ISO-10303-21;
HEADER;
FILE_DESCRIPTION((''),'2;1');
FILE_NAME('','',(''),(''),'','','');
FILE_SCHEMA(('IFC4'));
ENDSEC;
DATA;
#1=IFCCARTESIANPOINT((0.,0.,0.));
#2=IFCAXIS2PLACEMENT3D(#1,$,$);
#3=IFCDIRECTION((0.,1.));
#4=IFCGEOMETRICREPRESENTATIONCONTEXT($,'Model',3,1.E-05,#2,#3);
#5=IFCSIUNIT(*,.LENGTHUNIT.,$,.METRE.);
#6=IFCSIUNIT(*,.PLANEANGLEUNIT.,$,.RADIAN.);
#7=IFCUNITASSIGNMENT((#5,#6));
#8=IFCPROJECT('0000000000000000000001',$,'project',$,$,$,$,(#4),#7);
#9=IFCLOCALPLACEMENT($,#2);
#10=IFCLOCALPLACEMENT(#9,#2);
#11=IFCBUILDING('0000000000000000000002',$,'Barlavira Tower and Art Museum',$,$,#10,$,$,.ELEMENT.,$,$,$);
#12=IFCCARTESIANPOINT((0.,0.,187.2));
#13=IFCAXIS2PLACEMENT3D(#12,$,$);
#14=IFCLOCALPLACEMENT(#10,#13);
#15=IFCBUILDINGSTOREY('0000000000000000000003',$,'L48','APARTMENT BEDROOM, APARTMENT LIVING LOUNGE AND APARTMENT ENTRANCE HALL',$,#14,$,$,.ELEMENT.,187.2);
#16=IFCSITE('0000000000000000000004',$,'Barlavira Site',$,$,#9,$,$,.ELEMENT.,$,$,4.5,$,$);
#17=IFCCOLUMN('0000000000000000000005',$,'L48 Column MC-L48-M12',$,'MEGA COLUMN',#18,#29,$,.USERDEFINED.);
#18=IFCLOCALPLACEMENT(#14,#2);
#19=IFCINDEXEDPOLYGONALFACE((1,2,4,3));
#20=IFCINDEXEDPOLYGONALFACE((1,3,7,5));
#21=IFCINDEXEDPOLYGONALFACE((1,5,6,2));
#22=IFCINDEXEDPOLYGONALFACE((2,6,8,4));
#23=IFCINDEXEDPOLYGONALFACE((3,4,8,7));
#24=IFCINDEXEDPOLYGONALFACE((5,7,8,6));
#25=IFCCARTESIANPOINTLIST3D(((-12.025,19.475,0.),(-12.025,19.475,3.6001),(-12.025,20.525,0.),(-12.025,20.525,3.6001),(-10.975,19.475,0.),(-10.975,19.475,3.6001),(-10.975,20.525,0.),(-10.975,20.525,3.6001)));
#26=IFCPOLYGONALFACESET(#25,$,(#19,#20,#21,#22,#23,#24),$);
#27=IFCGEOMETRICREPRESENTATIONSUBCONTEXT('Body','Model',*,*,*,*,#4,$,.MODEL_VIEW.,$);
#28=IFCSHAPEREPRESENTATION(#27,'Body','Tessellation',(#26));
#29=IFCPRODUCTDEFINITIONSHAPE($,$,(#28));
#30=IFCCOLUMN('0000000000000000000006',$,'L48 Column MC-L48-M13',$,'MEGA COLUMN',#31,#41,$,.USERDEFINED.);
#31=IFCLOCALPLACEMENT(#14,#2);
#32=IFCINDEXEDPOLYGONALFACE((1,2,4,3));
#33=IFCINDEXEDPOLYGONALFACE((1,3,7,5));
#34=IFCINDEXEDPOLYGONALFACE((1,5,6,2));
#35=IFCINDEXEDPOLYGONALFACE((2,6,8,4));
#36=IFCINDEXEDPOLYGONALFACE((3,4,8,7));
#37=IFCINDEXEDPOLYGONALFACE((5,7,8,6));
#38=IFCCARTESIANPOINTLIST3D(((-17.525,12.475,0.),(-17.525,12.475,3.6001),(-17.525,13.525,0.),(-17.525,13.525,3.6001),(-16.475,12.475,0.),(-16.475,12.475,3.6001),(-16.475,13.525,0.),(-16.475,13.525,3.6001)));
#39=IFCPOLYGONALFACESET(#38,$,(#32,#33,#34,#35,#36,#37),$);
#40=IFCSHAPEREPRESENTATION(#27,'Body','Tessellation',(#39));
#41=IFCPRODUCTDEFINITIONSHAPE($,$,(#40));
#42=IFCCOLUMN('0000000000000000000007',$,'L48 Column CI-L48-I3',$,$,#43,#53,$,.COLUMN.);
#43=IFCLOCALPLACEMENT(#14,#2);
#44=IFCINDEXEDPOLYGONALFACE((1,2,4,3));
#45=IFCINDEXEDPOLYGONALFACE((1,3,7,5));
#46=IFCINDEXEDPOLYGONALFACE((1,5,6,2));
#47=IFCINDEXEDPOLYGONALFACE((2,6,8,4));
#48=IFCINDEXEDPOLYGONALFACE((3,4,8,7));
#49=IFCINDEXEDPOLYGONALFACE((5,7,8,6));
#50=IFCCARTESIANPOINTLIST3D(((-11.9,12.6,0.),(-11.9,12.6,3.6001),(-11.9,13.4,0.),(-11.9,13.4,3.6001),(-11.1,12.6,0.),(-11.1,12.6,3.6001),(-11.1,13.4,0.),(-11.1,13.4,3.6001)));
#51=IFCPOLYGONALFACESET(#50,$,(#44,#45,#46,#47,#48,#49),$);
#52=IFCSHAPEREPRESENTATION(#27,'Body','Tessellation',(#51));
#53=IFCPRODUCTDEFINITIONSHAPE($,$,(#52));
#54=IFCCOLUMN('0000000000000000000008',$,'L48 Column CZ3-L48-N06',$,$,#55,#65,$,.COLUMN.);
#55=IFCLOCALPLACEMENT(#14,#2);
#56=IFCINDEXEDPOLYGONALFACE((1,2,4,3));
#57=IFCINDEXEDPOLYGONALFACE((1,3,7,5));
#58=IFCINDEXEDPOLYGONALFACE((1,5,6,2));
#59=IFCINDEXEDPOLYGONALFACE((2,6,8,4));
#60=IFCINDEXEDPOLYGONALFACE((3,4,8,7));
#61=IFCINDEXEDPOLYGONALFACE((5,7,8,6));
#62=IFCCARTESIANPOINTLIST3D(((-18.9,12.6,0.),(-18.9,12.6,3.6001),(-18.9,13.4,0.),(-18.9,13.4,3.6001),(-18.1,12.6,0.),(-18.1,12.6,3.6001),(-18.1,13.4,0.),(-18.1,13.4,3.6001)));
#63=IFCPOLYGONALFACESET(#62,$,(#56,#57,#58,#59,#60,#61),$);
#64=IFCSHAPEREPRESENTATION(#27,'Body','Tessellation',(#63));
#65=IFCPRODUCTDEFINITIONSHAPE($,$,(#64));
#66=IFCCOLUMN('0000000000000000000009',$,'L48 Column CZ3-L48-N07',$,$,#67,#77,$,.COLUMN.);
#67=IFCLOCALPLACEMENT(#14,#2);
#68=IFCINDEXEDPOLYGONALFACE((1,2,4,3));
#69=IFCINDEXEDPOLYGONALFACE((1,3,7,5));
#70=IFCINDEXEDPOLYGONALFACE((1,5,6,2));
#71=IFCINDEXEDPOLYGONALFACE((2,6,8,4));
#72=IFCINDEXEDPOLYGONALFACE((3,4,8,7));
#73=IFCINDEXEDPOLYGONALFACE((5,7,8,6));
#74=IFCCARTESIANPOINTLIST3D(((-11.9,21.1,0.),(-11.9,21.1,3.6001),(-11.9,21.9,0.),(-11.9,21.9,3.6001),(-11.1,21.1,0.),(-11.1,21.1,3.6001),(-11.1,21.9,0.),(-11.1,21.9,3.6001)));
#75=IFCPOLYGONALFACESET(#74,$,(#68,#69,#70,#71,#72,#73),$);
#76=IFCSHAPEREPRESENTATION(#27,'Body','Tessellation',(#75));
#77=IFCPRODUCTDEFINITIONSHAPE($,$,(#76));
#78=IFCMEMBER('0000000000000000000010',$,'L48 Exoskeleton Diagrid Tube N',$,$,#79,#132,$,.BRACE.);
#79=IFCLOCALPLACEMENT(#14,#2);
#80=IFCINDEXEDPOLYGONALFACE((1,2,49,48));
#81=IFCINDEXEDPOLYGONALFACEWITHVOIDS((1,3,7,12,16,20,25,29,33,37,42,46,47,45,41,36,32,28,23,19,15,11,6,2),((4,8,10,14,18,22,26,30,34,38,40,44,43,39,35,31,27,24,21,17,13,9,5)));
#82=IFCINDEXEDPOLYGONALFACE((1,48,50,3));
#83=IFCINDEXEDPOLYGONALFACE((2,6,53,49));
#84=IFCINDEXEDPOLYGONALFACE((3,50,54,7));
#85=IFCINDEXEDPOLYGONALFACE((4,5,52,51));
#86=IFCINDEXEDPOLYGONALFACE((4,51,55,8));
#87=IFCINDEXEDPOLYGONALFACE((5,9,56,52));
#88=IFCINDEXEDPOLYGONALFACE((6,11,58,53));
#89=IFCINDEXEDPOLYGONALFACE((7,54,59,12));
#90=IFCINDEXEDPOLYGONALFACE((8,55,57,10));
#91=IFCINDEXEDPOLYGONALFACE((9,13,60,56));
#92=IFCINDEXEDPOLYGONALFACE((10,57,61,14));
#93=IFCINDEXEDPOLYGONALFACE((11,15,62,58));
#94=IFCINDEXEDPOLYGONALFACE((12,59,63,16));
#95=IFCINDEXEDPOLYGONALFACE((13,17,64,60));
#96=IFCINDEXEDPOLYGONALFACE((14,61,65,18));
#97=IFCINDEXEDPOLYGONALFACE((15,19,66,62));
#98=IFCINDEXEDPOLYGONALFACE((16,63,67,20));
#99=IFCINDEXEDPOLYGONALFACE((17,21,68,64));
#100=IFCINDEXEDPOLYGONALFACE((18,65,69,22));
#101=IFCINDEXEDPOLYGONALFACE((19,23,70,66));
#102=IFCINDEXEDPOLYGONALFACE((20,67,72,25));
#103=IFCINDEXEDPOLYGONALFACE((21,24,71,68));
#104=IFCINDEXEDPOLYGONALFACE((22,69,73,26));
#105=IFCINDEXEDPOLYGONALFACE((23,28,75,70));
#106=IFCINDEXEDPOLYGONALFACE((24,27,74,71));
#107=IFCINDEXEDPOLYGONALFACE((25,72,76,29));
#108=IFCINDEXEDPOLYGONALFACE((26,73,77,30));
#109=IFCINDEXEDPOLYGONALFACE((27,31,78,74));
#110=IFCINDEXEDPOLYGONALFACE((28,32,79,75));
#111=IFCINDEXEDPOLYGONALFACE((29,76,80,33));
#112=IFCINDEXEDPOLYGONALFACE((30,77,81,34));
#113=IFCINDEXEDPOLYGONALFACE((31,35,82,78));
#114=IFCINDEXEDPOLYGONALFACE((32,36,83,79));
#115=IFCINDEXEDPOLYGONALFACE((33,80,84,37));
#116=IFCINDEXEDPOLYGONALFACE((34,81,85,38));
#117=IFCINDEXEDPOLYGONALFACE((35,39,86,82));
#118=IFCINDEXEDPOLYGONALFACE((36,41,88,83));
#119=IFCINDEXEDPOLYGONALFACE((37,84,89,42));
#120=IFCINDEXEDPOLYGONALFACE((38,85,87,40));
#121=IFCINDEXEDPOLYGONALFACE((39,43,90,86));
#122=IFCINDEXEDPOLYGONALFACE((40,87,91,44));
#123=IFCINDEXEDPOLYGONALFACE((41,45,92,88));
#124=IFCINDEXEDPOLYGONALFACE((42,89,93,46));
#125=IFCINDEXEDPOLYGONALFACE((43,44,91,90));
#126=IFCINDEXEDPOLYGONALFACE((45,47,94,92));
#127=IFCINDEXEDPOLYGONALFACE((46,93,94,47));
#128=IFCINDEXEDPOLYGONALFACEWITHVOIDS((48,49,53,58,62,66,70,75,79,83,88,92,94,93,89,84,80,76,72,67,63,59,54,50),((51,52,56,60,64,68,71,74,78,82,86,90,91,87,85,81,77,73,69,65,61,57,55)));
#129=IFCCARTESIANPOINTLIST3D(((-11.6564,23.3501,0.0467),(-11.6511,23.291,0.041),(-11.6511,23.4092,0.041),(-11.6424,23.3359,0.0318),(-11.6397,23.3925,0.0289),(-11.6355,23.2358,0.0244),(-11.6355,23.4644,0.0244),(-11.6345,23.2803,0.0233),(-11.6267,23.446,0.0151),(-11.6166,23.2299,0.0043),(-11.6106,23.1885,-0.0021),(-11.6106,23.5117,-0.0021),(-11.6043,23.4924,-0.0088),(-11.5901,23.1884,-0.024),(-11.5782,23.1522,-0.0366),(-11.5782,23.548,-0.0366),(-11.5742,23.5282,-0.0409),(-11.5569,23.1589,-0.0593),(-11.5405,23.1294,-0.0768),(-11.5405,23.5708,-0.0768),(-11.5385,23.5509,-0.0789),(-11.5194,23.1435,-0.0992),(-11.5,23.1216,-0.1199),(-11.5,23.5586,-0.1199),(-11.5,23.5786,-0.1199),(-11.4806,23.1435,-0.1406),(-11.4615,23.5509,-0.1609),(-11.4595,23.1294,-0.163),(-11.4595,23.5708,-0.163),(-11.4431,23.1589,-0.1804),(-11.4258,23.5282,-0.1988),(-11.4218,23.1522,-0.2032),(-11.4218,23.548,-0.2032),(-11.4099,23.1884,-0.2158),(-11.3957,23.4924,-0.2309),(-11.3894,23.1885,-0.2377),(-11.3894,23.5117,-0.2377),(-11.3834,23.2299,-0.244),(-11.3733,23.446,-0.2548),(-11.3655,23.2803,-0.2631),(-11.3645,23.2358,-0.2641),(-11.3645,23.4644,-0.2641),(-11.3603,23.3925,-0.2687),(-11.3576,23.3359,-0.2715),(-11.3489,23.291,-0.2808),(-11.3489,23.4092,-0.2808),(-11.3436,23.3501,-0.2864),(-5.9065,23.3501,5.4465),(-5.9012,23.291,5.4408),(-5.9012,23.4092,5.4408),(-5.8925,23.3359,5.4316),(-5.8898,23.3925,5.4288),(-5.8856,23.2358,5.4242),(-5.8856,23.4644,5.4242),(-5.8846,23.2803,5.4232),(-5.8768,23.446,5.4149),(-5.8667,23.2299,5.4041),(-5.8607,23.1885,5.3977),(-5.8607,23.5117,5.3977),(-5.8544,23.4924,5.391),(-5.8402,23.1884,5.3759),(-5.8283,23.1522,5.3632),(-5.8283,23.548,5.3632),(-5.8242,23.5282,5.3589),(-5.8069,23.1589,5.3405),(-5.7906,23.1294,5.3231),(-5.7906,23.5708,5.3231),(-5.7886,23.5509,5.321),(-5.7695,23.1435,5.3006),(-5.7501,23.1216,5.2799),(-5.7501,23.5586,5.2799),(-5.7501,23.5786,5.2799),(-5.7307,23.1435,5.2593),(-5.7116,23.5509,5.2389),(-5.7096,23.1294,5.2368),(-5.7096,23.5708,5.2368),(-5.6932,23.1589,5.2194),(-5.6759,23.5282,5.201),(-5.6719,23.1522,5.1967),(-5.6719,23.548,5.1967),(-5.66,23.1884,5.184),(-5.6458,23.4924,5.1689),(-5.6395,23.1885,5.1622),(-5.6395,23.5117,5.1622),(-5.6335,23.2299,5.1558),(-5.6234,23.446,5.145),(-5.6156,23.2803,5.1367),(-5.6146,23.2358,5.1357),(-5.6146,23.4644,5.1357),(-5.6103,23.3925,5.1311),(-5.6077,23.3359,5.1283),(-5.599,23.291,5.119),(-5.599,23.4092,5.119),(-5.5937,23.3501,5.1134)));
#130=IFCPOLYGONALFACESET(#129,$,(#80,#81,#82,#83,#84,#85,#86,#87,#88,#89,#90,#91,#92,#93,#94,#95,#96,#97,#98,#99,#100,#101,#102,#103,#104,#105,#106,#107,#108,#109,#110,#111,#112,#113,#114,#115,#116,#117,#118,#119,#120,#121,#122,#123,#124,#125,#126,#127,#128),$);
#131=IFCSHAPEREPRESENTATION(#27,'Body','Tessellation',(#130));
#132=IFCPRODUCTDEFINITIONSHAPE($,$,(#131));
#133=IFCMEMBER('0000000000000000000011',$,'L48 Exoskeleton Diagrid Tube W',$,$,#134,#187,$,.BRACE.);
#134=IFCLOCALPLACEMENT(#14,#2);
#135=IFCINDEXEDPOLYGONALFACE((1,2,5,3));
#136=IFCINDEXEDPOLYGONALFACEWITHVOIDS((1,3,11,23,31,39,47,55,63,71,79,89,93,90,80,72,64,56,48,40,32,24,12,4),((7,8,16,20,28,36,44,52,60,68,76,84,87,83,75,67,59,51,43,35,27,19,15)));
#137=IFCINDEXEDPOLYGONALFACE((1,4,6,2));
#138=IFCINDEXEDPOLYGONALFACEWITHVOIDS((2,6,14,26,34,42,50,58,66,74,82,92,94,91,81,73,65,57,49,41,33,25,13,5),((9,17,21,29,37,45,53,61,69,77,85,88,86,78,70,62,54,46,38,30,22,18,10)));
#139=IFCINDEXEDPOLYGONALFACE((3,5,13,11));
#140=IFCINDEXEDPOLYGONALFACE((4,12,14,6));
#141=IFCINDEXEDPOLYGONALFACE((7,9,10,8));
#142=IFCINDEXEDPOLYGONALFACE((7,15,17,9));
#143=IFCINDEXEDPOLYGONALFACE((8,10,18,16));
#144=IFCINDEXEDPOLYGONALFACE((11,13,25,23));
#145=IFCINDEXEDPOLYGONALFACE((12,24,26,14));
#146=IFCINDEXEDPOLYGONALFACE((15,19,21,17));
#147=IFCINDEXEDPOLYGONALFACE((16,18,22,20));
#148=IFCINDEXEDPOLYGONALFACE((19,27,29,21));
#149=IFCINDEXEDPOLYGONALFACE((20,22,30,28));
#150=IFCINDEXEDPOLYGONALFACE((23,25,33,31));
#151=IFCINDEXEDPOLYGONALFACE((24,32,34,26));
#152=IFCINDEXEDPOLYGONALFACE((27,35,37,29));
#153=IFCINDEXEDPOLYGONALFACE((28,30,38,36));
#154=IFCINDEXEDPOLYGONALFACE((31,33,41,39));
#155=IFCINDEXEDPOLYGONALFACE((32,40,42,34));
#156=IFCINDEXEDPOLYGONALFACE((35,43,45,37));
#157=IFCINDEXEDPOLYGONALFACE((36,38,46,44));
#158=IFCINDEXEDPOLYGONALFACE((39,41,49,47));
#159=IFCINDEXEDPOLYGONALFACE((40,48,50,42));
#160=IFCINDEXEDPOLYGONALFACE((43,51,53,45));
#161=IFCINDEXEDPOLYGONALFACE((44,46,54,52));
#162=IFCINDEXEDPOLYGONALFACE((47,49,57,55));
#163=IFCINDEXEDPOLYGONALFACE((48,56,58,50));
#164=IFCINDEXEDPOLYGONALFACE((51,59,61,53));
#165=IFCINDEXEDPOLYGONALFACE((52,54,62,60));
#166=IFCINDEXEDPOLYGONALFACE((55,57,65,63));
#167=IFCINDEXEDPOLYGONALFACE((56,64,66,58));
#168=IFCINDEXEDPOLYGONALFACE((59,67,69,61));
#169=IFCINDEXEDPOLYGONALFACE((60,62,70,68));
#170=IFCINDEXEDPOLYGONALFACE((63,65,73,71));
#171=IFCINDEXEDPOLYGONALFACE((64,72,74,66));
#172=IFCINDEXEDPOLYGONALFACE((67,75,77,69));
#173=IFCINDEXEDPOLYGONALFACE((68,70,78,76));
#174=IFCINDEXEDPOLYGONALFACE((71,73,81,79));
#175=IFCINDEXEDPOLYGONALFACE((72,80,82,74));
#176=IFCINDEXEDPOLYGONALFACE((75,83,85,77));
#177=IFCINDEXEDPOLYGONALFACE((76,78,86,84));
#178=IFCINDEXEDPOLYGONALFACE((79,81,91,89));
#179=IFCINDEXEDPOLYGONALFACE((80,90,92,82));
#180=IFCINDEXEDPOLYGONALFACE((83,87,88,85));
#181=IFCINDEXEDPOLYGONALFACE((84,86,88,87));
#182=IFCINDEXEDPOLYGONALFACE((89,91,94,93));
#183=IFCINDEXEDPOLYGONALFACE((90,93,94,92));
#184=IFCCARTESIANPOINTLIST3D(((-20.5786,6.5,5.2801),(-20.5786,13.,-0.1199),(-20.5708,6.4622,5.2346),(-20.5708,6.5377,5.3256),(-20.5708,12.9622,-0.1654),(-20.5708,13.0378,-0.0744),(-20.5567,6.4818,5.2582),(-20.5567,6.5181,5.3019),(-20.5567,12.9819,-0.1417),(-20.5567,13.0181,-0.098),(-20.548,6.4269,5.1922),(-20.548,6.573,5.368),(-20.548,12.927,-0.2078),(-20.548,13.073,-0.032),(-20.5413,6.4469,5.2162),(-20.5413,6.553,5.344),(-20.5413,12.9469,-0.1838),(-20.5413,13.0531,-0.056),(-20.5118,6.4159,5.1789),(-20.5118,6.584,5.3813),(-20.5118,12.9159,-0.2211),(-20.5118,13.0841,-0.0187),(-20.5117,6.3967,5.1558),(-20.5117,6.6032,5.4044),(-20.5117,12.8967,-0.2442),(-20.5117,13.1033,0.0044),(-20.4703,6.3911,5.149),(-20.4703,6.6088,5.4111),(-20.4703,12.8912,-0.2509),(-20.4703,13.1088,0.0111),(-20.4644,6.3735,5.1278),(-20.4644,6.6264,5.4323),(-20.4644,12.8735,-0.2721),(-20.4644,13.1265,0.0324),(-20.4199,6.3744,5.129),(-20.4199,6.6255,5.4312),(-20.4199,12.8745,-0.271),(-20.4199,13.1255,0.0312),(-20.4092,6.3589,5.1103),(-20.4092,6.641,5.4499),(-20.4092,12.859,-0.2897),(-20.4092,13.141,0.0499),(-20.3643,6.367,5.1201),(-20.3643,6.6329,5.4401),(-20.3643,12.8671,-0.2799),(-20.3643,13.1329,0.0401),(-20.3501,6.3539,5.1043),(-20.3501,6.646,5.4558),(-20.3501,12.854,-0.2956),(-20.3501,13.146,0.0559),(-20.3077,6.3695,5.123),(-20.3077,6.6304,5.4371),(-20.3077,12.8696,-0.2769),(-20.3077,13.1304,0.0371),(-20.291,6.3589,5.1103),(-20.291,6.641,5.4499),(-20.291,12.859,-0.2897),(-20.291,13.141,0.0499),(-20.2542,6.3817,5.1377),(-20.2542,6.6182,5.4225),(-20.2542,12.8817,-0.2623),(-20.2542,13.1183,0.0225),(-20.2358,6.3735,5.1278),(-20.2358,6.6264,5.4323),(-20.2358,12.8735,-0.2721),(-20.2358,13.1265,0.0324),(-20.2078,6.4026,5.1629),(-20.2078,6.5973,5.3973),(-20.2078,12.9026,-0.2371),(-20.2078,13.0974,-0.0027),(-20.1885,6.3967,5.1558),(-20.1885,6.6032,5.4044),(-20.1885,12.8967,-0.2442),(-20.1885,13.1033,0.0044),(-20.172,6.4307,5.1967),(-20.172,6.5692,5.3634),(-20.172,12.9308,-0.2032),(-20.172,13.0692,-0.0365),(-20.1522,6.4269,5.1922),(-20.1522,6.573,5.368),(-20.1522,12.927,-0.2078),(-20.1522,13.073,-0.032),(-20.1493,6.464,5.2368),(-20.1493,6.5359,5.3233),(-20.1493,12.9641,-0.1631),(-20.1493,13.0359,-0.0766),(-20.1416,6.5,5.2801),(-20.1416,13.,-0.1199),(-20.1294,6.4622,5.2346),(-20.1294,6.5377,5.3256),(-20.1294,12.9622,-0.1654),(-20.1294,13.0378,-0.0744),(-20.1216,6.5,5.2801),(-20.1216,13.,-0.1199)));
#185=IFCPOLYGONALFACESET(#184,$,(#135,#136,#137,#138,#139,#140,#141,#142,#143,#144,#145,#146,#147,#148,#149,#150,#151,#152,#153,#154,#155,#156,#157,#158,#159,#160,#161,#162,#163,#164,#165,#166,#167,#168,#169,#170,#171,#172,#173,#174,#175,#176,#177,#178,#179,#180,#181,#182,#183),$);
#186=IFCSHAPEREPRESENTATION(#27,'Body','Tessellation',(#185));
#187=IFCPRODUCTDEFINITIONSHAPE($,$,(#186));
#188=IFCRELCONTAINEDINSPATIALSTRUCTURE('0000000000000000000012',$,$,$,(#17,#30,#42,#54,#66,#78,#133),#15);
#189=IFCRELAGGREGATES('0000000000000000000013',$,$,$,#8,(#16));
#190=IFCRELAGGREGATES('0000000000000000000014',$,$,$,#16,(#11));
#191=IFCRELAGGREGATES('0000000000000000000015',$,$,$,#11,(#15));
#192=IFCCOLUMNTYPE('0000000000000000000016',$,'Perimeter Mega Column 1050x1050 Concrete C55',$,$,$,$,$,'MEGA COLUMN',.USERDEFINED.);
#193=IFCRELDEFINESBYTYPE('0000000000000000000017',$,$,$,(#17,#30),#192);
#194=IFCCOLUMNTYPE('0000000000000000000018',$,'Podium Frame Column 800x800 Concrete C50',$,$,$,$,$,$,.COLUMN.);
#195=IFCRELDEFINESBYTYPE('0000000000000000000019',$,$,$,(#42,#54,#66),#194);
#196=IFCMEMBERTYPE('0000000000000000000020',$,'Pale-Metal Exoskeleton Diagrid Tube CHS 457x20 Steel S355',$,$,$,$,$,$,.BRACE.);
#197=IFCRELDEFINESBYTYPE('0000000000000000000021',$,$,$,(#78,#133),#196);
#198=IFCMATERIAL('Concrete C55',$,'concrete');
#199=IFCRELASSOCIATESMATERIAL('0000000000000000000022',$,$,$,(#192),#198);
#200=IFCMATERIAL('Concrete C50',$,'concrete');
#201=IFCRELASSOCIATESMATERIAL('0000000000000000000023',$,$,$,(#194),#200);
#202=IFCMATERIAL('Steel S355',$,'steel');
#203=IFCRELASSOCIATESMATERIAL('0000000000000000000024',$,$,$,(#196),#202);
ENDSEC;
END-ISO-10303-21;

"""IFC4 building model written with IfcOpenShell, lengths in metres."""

from ifc_helpers import new_model, si_unit, direction, frame, origin, origin_2d, place, context, subcontext, project, spatial, rectangle, hollow_circle, extrude, material, material_profile, profile_set, type_object, element, save


model = new_model("IFC4")

# Units and contexts
model_context = context("Model", 3, precision=1e-05, world=origin(), true_north=direction((0.0, 1.0)))
body_context = subcontext(model_context, "Body", "Model", "MODEL_VIEW")
ifc_project = project(units=[si_unit("LENGTHUNIT", "METRE"), si_unit("PLANEANGLEUNIT", "RADIAN")], contexts=[model_context])

# Site, building, storey
site_placement = place(None, origin())
site = spatial("IfcSite", under=ifc_project, at=site_placement, Name="Barlavira Site", CompositionType="ELEMENT", RefElevation=4.5)
building_placement = place(site_placement, origin())
building = spatial("IfcBuilding", under=site, at=building_placement, Name="Barlavira Tower and Art Museum", CompositionType="ELEMENT")
storey_placement = place(building_placement, frame((0.0, 0.0, 187.2)))
storey = spatial("IfcBuildingStorey", under=building, at=storey_placement, Name="L48", Description="APARTMENT BEDROOM, APARTMENT LIVING LOUNGE AND APARTMENT ENTRANCE HALL", CompositionType="ELEMENT", Elevation=187.2)

# Columns
ifc_material_1 = material(Name="Concrete C55", Category="concrete")
ifc_material_profile_1 = material_profile(ifc_material_1, rectangle(XDim=1.05, YDim=1.05, at=origin_2d()), Name="RC-COL 1050x1050")
ifc_profile_set_1 = profile_set([ifc_material_profile_1], Name="Concrete C55")
column_type_1 = type_object("IfcColumnType", Name="Perimeter Mega Column 1050x1050 Concrete C55", ElementType="MEGA COLUMN", PredefinedType="USERDEFINED", material=ifc_profile_set_1)
for number, where, z_axis, x_axis, name in (
    (1, (-11.5, 20.0, 0.0), (0.0, 0.0, 1.0), (1.0, 0.0, 0.0), "L48 Column MC-L48-M12"),
    (2, (-17.0, 13.0, 0.0), (0.0, 0.0, 1.0), (1.0, 0.0, 0.0), "L48 Column MC-L48-M13"),
):
    element("IfcColumn", number, at=place(storey_placement, frame(where, z_axis=z_axis, x_axis=x_axis)), inside=storey, type_object=column_type_1, Name=name, ObjectType="MEGA COLUMN", PredefinedType="USERDEFINED", context=body_context, shape_type="SweptSolid", body=[
        extrude(rectangle(XDim=1.05, YDim=1.05, at=origin_2d()), origin(), (0.0, 0.0, 1.0), 3.6001),
    ])
ifc_material_2 = material(Name="Concrete C50", Category="concrete")
ifc_material_profile_2 = material_profile(ifc_material_2, rectangle(XDim=0.8, YDim=0.8, at=origin_2d()), Name="RC-COL 800x800")
ifc_profile_set_2 = profile_set([ifc_material_profile_2], Name="Concrete C50")
column_type_2 = type_object("IfcColumnType", Name="Podium Frame Column 800x800 Concrete C50", PredefinedType="COLUMN", material=ifc_profile_set_2)
for number, where, z_axis, x_axis, name in (
    (3, (-11.5, 13.0, 0.0), (0.0, 0.0, 1.0), (1.0, 0.0, 0.0), "L48 Column CI-L48-I3"),
    (4, (-18.5, 13.0, 0.0), (0.0, 0.0, 1.0), (1.0, 0.0, 0.0), "L48 Column CZ3-L48-N06"),
    (5, (-11.5, 21.5, 0.0), (0.0, 0.0, 1.0), (1.0, 0.0, 0.0), "L48 Column CZ3-L48-N07"),
):
    element("IfcColumn", number, at=place(storey_placement, frame(where, z_axis=z_axis, x_axis=x_axis)), inside=storey, type_object=column_type_2, Name=name, PredefinedType="COLUMN", context=body_context, shape_type="SweptSolid", body=[
        extrude(rectangle(XDim=0.8, YDim=0.8, at=origin_2d()), origin(), (0.0, 0.0, 1.0), 3.6001),
    ])

# Members
ifc_material_3 = material(Name="Steel S355", Category="steel")
ifc_material_profile_3 = material_profile(ifc_material_3, hollow_circle(Radius=0.2285, WallThickness=0.02, at=origin_2d()), Name="CHS 457.0x20.0")
ifc_profile_set_3 = profile_set([ifc_material_profile_3], Name="Steel S355")
member_type_1 = type_object("IfcMemberType", Name="Pale-Metal Exoskeleton Diagrid Tube CHS 457x20 Steel S355", PredefinedType="BRACE", material=ifc_profile_set_3)
member_1_placement = place(storey_placement, frame((-11.5, 23.3501, -0.1199), z_axis=(0.72895, 0.0, 0.684567), x_axis=(0.0, 1.0, 0.0)))
element("IfcMember", 6, at=member_1_placement, inside=storey, type_object=member_type_1, Name="L48 Exoskeleton Diagrid Tube N", PredefinedType="BRACE", context=body_context, shape_type="SweptSolid", body=[
    extrude(hollow_circle(Radius=0.2285, WallThickness=0.02, at=origin_2d()), origin(), (0.0, 0.0, 1.0), 7.8879),
])
member_2_placement = place(storey_placement, frame((-20.3501, 13.0, -0.1199), z_axis=(0.0, -0.769196, 0.639013), x_axis=(1.0, 0.0, 0.0)))
element("IfcMember", 7, at=member_2_placement, inside=storey, type_object=member_type_1, Name="L48 Exoskeleton Diagrid Tube W", PredefinedType="BRACE", context=body_context, shape_type="SweptSolid", body=[
    extrude(hollow_circle(Radius=0.2285, WallThickness=0.02, at=origin_2d()), origin(), (0.0, 0.0, 1.0), 8.4504),
])

save(model, "model.ifc")
